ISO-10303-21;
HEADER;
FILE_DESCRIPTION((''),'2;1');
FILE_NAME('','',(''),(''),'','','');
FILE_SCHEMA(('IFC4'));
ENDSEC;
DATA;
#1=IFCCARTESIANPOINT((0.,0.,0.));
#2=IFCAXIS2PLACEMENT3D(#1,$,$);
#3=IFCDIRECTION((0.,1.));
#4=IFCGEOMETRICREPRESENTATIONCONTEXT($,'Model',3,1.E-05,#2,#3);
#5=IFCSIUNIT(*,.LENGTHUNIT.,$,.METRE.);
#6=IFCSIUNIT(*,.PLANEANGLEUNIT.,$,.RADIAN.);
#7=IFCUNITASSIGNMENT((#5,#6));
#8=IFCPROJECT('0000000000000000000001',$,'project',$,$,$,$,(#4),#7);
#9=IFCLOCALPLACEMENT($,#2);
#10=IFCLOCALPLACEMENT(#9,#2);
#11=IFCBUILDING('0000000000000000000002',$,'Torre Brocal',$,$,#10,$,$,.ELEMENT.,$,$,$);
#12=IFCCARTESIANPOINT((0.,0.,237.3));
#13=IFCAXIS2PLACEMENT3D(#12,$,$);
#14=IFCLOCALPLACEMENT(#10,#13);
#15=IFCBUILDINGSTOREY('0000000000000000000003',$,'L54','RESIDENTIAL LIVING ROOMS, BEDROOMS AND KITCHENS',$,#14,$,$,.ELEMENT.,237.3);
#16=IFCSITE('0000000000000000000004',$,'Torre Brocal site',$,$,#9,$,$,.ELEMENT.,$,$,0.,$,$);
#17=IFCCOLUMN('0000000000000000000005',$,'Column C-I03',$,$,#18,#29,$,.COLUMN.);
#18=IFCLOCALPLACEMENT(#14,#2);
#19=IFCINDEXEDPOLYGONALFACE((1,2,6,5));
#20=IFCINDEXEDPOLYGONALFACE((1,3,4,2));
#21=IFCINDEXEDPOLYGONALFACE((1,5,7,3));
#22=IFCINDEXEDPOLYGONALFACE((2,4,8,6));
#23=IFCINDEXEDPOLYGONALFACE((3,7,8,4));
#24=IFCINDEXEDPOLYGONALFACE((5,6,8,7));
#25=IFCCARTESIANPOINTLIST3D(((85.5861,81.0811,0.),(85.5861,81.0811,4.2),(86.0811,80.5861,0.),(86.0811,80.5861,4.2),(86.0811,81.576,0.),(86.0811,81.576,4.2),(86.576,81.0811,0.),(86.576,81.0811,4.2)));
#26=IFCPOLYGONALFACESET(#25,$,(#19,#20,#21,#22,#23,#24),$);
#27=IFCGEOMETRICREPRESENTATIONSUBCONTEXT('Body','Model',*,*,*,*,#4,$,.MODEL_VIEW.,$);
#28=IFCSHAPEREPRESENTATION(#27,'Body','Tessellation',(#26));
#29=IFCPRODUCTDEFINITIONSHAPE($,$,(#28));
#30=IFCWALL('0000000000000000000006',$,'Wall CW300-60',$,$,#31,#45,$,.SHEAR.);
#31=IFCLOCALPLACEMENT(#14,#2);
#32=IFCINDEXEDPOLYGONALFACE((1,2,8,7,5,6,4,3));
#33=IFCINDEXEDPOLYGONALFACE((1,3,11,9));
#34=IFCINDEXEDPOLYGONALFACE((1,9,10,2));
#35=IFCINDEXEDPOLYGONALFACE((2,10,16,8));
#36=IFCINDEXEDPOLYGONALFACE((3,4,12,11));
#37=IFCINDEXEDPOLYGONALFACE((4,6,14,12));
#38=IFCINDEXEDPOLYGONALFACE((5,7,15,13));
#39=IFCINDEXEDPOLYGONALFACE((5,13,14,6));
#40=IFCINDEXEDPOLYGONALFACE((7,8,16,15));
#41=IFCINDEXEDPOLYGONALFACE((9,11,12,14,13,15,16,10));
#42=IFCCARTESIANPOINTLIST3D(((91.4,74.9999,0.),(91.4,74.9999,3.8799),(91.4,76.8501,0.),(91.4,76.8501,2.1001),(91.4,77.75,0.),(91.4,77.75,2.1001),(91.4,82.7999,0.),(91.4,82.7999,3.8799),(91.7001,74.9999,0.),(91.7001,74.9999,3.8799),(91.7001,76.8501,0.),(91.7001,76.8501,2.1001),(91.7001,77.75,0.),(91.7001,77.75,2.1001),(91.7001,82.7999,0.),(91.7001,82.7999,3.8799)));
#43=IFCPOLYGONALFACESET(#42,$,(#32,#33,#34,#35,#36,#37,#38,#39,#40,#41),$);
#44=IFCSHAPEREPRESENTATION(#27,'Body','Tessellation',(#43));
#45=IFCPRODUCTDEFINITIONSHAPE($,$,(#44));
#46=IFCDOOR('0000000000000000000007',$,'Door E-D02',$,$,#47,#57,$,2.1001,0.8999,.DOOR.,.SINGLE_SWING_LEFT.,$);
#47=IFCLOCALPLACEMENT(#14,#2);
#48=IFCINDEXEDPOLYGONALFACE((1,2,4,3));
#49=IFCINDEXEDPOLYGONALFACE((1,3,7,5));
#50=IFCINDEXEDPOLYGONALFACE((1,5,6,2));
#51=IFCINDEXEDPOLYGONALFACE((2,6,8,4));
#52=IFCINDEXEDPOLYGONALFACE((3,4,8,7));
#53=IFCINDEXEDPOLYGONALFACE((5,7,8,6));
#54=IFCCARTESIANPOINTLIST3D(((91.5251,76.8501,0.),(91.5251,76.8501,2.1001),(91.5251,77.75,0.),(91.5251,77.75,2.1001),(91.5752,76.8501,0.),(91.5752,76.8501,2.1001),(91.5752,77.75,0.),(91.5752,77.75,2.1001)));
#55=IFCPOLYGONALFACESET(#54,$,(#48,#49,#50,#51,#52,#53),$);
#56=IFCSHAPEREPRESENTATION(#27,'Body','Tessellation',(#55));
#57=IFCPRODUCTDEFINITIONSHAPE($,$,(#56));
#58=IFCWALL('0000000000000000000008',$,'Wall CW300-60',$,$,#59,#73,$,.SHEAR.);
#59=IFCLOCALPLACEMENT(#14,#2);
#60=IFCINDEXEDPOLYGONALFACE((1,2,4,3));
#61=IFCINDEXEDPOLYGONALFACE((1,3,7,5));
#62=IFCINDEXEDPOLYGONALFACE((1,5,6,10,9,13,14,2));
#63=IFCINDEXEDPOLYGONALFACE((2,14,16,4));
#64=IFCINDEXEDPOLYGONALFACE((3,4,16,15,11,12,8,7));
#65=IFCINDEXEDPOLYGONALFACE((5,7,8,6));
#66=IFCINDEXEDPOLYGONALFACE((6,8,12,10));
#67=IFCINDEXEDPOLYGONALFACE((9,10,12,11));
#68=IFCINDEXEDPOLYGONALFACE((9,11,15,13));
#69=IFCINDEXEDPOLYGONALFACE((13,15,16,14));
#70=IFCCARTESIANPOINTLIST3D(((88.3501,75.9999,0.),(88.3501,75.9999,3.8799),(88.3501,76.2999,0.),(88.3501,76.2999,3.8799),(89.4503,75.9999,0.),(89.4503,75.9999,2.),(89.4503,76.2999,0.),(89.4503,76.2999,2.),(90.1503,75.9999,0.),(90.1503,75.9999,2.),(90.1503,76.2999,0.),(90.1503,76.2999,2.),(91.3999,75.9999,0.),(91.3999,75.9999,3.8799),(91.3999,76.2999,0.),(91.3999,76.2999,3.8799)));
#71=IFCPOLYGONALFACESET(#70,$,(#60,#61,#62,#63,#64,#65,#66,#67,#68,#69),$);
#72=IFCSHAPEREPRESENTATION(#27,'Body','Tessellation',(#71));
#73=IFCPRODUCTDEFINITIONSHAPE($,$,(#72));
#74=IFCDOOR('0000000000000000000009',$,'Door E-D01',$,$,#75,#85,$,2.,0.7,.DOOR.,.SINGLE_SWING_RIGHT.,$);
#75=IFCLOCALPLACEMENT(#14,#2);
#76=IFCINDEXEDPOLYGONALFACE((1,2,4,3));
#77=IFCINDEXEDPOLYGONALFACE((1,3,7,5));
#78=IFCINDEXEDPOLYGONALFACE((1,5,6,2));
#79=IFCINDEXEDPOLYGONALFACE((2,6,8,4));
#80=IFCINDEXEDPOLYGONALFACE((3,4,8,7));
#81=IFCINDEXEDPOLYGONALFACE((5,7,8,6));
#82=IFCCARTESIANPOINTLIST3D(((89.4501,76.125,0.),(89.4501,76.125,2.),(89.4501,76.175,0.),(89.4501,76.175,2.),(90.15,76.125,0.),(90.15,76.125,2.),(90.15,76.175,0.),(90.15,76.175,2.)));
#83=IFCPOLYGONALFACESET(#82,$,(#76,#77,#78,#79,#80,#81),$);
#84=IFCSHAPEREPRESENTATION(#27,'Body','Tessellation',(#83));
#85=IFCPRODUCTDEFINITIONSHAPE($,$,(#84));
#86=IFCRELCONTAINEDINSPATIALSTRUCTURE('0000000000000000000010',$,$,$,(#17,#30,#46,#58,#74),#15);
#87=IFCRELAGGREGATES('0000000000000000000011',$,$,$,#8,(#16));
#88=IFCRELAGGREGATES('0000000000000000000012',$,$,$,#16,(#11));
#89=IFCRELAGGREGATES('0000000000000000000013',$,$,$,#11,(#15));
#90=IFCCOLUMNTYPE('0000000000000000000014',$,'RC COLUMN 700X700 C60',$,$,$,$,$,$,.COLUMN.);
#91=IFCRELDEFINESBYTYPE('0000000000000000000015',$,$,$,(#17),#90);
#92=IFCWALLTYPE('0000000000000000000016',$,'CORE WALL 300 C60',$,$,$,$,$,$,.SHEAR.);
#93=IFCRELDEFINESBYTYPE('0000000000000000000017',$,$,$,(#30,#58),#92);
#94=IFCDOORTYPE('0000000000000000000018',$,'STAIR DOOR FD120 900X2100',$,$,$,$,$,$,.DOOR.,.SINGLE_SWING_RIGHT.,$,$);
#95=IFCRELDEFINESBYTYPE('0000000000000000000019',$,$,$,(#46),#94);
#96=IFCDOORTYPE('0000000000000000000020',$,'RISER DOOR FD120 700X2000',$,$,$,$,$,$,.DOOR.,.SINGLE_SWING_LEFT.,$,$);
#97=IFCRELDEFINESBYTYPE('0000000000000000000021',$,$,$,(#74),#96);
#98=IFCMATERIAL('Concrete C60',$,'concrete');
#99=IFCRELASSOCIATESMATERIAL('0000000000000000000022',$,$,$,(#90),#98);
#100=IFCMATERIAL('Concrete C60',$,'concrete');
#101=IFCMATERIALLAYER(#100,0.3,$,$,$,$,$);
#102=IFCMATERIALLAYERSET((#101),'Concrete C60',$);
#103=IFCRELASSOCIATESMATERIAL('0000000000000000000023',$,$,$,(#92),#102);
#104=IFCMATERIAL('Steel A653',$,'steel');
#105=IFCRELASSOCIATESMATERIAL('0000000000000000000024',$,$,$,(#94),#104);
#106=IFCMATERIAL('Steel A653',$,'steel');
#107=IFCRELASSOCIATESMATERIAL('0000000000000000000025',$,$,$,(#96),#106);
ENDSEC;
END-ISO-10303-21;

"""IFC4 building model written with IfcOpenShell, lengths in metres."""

from ifc_helpers import new_model, si_unit, direction, frame, frame_2d, origin, origin_2d, place, context, subcontext, project, spatial, rectangle, extrude, material, layer, layer_set, material_profile, profile_set, type_object, element, fill, save


model = new_model("IFC4")

# Units and contexts
model_context = context("Model", 3, precision=1e-05, world=origin(), true_north=direction((0.0, 1.0)))
body_context = subcontext(model_context, "Body", "Model", "MODEL_VIEW")
ifc_project = project(units=[si_unit("LENGTHUNIT", "METRE"), si_unit("PLANEANGLEUNIT", "RADIAN")], contexts=[model_context])

# Site, building, storey
site_placement = place(None, origin())
site = spatial("IfcSite", under=ifc_project, at=site_placement, Name="Torre Brocal site", CompositionType="ELEMENT", RefElevation=0.0)
building_placement = place(site_placement, origin())
building = spatial("IfcBuilding", under=site, at=building_placement, Name="Torre Brocal", CompositionType="ELEMENT")
storey_placement = place(building_placement, frame((0.0, 0.0, 237.3)))
storey = spatial("IfcBuildingStorey", under=building, at=storey_placement, Name="L54", Description="RESIDENTIAL LIVING ROOMS, BEDROOMS AND KITCHENS", CompositionType="ELEMENT", Elevation=237.3)

# Column
ifc_material_1 = material(Name="Concrete C60", Category="concrete")
ifc_material_profile = material_profile(ifc_material_1, rectangle(XDim=0.7, YDim=0.7, at=origin_2d()), Name="RC 700X700")
ifc_profile_set = profile_set([ifc_material_profile], Name="Concrete C60")
column_type = type_object("IfcColumnType", Name="RC COLUMN 700X700 C60", PredefinedType="COLUMN", material=ifc_profile_set)
column_placement = place(storey_placement, frame((86.0811, 81.0811, 0.0), z_axis=(0.0, 0.0, 1.0), x_axis=(0.707107, 0.707107, 0.0)))
element("IfcColumn", 1, at=column_placement, inside=storey, type_object=column_type, Name="Column C-I03", PredefinedType="COLUMN", context=body_context, shape_type="SweptSolid", body=[
    extrude(rectangle(XDim=0.7, YDim=0.7, at=origin_2d()), origin(), (0.0, 0.0, 1.0), 4.2),
])

# Walls, openings, doors
ifc_material_2 = material(Name="Concrete C60", Category="concrete")
ifc_layer_1 = layer(ifc_material_2, 0.3)
ifc_layer_set_1 = layer_set([ifc_layer_1], Name="Concrete C60")
wall_type_1 = type_object("IfcWallType", Name="CORE WALL 300 C60", PredefinedType="SHEAR", material=ifc_layer_set_1)
wall_1_placement = place(storey_placement, frame((91.55, 75.0, 0.0), z_axis=(0.0, 0.0, 1.0), x_axis=(0.0, 1.0, 0.0)))
wall_1 = element("IfcWall", 2, at=wall_1_placement, inside=storey, type_object=wall_type_1, Name="Wall CW300-60", PredefinedType="SHEAR", context=body_context, shape_type="SweptSolid", body=[
    extrude(rectangle(XDim=7.8, YDim=0.3, at=frame_2d((3.8999, 0.0))), origin(), (0.0, 0.0, 1.0), 3.8799),
])
opening_1_placement = place(wall_1_placement, frame((1.8501, 0.0, 0.0)))
opening_1 = element("IfcOpeningElement", 3, at=opening_1_placement, cuts=wall_1, PredefinedType="OPENING", context=body_context, shape_type="SweptSolid", body=[
    extrude(rectangle(XDim=0.8999, YDim=2.1001, at=frame_2d((0.45, 1.05))), frame((0.0, 0.1599, 0.0), z_axis=(0.0, -1.0, 0.0), x_axis=(1.0, 0.0, 0.0)), (0.0, 0.0, 1.0), 0.3201),
])
ifc_material_3 = material(Name="Steel A653", Category="steel")
door_type_1 = type_object("IfcDoorType", Name="STAIR DOOR FD120 900X2100", OperationType="SINGLE_SWING_RIGHT", PredefinedType="DOOR", material=ifc_material_3)
door_1_placement = place(opening_1_placement, origin())
door_1 = element("IfcDoor", 4, at=door_1_placement, inside=storey, type_object=door_type_1, Name="Door E-D02", OperationType="SINGLE_SWING_LEFT", OverallHeight=2.1001, OverallWidth=0.8999, PredefinedType="DOOR", context=body_context, shape_type="SweptSolid", body=[
    extrude(rectangle(XDim=0.8999, YDim=2.1001, at=frame_2d((0.45, 1.05))), frame((0.0, 0.0249, 0.0), z_axis=(0.0, -1.0, 0.0), x_axis=(1.0, 0.0, 0.0)), (0.0, 0.0, 1.0), 0.05),
])
fill(opening_1, door_1)
wall_2_placement = place(storey_placement, frame((88.3501, 76.1499, 0.0), z_axis=(0.0, 0.0, 1.0), x_axis=(1.0, 0.0, 0.0)))
wall_2 = element("IfcWall", 5, at=wall_2_placement, inside=storey, type_object=wall_type_1, Name="Wall CW300-60", PredefinedType="SHEAR", context=body_context, shape_type="SweptSolid", body=[
    extrude(rectangle(XDim=3.0498, YDim=0.3, at=frame_2d((1.5249, 0.0))), origin(), (0.0, 0.0, 1.0), 3.8799),
])
opening_2_placement = place(wall_2_placement, frame((1.1001, 0.0, 0.0)))
opening_2 = element("IfcOpeningElement", 6, at=opening_2_placement, cuts=wall_2, PredefinedType="OPENING", context=body_context, shape_type="SweptSolid", body=[
    extrude(rectangle(XDim=0.7, YDim=2.0, at=frame_2d((0.3501, 1.0))), frame((0.0, 0.1599, 0.0), z_axis=(0.0, -1.0, 0.0), x_axis=(1.0, 0.0, 0.0)), (0.0, 0.0, 1.0), 0.3201),
])
ifc_material_4 = material(Name="Steel A653", Category="steel")
door_type_2 = type_object("IfcDoorType", Name="RISER DOOR FD120 700X2000", OperationType="SINGLE_SWING_LEFT", PredefinedType="DOOR", material=ifc_material_4)
door_2_placement = place(opening_2_placement, frame((0.7, 0.0, 0.0), z_axis=(0.0, 0.0, 1.0), x_axis=(-1.0, 0.0, 0.0)))
door_2 = element("IfcDoor", 7, at=door_2_placement, inside=storey, type_object=door_type_2, Name="Door E-D01", OperationType="SINGLE_SWING_RIGHT", OverallHeight=2.0, OverallWidth=0.7, PredefinedType="DOOR", context=body_context, shape_type="SweptSolid", body=[
    extrude(rectangle(XDim=0.7, YDim=2.0, at=frame_2d((0.3501, 1.0))), frame((0.0, 0.0249, 0.0), z_axis=(0.0, -1.0, 0.0), x_axis=(1.0, 0.0, 0.0)), (0.0, 0.0, 1.0), 0.05),
])
fill(opening_2, door_2)

save(model, "model.ifc")
